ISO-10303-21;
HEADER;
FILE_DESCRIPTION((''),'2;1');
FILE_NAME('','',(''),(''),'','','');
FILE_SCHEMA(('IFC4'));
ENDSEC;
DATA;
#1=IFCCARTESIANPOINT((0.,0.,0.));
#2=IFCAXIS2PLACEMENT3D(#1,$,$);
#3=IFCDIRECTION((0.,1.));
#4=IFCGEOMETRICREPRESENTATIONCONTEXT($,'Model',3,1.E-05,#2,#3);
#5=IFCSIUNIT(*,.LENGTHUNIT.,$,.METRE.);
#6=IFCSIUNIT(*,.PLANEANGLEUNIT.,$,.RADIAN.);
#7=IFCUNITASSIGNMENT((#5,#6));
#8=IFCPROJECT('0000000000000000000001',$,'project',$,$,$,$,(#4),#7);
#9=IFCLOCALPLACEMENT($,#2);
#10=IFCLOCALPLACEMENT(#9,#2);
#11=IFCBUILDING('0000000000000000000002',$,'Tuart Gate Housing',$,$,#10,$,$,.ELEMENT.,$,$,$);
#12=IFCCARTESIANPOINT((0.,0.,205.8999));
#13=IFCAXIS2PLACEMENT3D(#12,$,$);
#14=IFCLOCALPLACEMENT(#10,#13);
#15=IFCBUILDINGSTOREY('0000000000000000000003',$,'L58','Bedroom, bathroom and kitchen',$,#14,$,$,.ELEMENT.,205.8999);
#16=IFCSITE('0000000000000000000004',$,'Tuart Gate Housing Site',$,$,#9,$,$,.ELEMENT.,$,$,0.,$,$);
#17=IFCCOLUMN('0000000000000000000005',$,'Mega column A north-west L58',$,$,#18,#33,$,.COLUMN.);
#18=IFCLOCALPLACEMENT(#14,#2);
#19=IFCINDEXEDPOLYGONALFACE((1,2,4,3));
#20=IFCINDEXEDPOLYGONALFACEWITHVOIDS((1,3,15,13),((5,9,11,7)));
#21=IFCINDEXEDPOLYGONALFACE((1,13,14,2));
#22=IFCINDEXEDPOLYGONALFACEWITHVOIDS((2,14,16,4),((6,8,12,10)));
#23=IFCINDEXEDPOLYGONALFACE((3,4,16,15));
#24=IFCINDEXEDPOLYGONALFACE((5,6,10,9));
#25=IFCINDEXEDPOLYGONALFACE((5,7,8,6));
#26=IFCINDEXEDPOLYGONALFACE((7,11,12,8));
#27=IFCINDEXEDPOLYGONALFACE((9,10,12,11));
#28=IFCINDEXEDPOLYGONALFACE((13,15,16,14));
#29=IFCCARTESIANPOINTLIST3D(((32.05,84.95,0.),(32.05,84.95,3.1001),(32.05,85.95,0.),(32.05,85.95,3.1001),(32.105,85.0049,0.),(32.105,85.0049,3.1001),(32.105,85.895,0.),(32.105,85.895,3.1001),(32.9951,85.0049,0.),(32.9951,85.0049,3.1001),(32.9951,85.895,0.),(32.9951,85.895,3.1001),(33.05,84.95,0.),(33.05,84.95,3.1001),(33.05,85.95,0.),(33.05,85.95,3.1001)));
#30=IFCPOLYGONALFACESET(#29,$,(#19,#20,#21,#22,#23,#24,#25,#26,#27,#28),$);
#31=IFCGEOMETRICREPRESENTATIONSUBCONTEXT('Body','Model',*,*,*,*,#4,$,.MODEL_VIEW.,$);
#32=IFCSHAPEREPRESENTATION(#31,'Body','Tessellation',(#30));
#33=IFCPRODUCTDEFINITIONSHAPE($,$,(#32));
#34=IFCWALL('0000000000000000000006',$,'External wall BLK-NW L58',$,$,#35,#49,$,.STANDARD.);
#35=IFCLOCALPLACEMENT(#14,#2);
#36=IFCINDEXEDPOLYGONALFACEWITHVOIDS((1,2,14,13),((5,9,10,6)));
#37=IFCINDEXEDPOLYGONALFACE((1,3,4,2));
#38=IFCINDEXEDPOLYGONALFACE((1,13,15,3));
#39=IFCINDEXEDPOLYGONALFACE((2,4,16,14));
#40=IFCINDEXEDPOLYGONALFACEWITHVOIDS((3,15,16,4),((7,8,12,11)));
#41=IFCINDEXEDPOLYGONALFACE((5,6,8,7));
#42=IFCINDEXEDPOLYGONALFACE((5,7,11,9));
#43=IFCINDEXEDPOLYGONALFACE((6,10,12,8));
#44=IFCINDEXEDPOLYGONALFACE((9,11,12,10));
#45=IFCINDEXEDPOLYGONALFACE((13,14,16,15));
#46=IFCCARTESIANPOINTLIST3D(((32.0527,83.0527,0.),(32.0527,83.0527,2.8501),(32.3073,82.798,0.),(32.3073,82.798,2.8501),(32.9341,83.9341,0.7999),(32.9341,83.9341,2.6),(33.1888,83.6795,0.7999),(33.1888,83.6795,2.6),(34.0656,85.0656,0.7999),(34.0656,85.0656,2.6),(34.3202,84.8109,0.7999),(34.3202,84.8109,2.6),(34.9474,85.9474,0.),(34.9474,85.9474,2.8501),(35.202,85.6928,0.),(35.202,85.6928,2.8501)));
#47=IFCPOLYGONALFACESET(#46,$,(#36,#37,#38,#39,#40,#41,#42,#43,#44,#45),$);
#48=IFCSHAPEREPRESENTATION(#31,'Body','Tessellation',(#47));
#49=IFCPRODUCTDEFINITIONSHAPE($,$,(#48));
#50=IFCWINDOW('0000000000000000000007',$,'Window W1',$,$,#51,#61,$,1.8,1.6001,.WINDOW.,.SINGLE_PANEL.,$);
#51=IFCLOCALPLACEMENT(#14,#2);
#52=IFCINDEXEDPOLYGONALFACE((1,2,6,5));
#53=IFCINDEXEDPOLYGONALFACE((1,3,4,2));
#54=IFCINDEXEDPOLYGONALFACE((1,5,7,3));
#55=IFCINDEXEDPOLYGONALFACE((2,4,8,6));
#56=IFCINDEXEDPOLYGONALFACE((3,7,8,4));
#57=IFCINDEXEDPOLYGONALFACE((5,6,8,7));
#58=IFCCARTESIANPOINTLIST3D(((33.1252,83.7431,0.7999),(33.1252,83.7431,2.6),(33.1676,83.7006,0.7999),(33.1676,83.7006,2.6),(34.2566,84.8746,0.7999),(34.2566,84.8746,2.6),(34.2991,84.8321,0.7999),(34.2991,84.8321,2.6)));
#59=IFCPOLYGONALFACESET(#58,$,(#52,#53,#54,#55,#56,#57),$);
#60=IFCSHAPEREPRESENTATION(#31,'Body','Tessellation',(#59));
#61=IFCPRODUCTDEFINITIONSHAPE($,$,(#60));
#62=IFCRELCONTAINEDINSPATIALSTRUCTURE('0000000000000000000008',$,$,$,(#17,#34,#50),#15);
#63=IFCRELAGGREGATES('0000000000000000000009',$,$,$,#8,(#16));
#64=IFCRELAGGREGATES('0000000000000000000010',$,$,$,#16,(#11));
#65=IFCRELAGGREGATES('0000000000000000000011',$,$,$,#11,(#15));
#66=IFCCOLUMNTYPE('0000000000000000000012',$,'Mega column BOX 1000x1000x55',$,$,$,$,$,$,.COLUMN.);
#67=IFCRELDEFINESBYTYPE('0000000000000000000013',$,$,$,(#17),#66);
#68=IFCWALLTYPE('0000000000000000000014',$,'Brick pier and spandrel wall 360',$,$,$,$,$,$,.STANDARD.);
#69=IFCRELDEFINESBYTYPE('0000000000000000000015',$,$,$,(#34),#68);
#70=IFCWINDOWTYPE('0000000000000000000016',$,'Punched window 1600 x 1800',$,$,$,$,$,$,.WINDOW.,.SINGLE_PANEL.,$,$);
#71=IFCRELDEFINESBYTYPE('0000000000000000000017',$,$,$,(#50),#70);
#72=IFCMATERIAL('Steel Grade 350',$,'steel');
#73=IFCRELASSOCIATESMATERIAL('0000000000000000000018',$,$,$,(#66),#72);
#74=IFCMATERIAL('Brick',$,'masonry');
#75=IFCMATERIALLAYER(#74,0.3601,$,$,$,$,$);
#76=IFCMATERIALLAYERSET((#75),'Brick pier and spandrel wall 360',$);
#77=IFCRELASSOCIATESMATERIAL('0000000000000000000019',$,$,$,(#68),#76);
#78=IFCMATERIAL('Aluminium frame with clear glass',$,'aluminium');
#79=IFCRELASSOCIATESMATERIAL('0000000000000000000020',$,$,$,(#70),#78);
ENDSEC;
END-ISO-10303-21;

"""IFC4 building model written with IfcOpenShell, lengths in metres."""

from ifc_helpers import new_model, si_unit, direction, frame, frame_2d, origin, origin_2d, place, context, subcontext, project, spatial, rectangle, hollow_rectangle, extrude, material, layer, layer_set, material_profile, profile_set, type_object, element, fill, save


model = new_model("IFC4")

# Units and contexts
model_context = context("Model", 3, precision=1e-05, world=origin(), true_north=direction((0.0, 1.0)))
body_context = subcontext(model_context, "Body", "Model", "MODEL_VIEW")
ifc_project = project(units=[si_unit("LENGTHUNIT", "METRE"), si_unit("PLANEANGLEUNIT", "RADIAN")], contexts=[model_context])

# Site, building, storey
site_placement = place(None, origin())
site = spatial("IfcSite", under=ifc_project, at=site_placement, Name="Tuart Gate Housing Site", CompositionType="ELEMENT", RefElevation=0.0)
building_placement = place(site_placement, origin())
building = spatial("IfcBuilding", under=site, at=building_placement, Name="Tuart Gate Housing", CompositionType="ELEMENT")
storey_placement = place(building_placement, frame((0.0, 0.0, 205.8999)))
storey = spatial("IfcBuildingStorey", under=building, at=storey_placement, Name="L58", Description="Bedroom, bathroom and kitchen", CompositionType="ELEMENT", Elevation=205.8999)

# Column
ifc_material_1 = material(Name="Steel Grade 350", Category="steel")
ifc_material_profile = material_profile(ifc_material_1, hollow_rectangle(XDim=1.0, YDim=1.0, WallThickness=0.0549, at=origin_2d()), Name="BOX 1000x1000x55")
ifc_profile_set = profile_set([ifc_material_profile], Name="Steel Grade 350")
column_type = type_object("IfcColumnType", Name="Mega column BOX 1000x1000x55", PredefinedType="COLUMN", material=ifc_profile_set)
column_placement = place(storey_placement, frame((32.55, 85.45, 0.0), z_axis=(0.0, 0.0, 1.0), x_axis=(1.0, 0.0, 0.0)))
element("IfcColumn", 1, at=column_placement, inside=storey, type_object=column_type, Name="Mega column A north-west L58", PredefinedType="COLUMN", context=body_context, shape_type="SweptSolid", body=[
    extrude(hollow_rectangle(XDim=1.0, YDim=1.0, WallThickness=0.0549, at=origin_2d()), origin(), (0.0, 0.0, 1.0), 3.1001),
])

# Wall, opening, window
ifc_material_2 = material(Name="Brick", Category="masonry")
ifc_layer_1 = layer(ifc_material_2, 0.3601)
ifc_layer_set_1 = layer_set([ifc_layer_1], Name="Brick pier and spandrel wall 360")
wall_type_1 = type_object("IfcWallType", Name="Brick pier and spandrel wall 360", PredefinedType="STANDARD", material=ifc_layer_set_1)
wall_1_placement = place(storey_placement, frame((35.0747, 85.8201, 0.0), z_axis=(0.0, 0.0, 1.0), x_axis=(-0.707107, -0.707107, 0.0)))
wall_1 = element("IfcWall", 2, at=wall_1_placement, inside=storey, type_object=wall_type_1, Name="External wall BLK-NW L58", PredefinedType="STANDARD", context=body_context, shape_type="SweptSolid", body=[
    extrude(rectangle(XDim=4.0938, YDim=0.3601, at=frame_2d((2.0469, 0.0))), origin(), (0.0, 0.0, 1.0), 2.8501),
])
opening_1_placement = place(wall_1_placement, frame((1.2471, 0.0, 0.8)))
opening_1 = element("IfcOpeningElement", 3, at=opening_1_placement, cuts=wall_1, PredefinedType="OPENING", context=body_context, shape_type="SweptSolid", body=[
    extrude(rectangle(XDim=1.6001, YDim=1.8, at=frame_2d((0.8, 0.8999))), frame((0.0, 0.1899, 0.0), z_axis=(0.0, -1.0, 0.0), x_axis=(1.0, 0.0, 0.0)), (0.0, 0.0, 1.0), 0.3801),
])
ifc_material_3 = material(Name="Aluminium frame with clear glass", Category="aluminium")
window_type_1 = type_object("IfcWindowType", Name="Punched window 1600 x 1800", PartitioningType="SINGLE_PANEL", PredefinedType="WINDOW", material=ifc_material_3)
window_1_placement = place(opening_1_placement, origin())
window_1 = element("IfcWindow", 4, at=window_1_placement, inside=storey, type_object=window_type_1, Name="Window W1", OverallHeight=1.8, OverallWidth=1.6001, PartitioningType="SINGLE_PANEL", PredefinedType="WINDOW", context=body_context, shape_type="SweptSolid", body=[
    extrude(rectangle(XDim=1.6001, YDim=1.8, at=frame_2d((0.8, 0.8999))), frame((0.0, 0.1501, 0.0), z_axis=(0.0, -1.0, 0.0), x_axis=(1.0, 0.0, 0.0)), (0.0, 0.0, 1.0), 0.0601),
])
fill(opening_1, window_1)

save(model, "model.ifc")
